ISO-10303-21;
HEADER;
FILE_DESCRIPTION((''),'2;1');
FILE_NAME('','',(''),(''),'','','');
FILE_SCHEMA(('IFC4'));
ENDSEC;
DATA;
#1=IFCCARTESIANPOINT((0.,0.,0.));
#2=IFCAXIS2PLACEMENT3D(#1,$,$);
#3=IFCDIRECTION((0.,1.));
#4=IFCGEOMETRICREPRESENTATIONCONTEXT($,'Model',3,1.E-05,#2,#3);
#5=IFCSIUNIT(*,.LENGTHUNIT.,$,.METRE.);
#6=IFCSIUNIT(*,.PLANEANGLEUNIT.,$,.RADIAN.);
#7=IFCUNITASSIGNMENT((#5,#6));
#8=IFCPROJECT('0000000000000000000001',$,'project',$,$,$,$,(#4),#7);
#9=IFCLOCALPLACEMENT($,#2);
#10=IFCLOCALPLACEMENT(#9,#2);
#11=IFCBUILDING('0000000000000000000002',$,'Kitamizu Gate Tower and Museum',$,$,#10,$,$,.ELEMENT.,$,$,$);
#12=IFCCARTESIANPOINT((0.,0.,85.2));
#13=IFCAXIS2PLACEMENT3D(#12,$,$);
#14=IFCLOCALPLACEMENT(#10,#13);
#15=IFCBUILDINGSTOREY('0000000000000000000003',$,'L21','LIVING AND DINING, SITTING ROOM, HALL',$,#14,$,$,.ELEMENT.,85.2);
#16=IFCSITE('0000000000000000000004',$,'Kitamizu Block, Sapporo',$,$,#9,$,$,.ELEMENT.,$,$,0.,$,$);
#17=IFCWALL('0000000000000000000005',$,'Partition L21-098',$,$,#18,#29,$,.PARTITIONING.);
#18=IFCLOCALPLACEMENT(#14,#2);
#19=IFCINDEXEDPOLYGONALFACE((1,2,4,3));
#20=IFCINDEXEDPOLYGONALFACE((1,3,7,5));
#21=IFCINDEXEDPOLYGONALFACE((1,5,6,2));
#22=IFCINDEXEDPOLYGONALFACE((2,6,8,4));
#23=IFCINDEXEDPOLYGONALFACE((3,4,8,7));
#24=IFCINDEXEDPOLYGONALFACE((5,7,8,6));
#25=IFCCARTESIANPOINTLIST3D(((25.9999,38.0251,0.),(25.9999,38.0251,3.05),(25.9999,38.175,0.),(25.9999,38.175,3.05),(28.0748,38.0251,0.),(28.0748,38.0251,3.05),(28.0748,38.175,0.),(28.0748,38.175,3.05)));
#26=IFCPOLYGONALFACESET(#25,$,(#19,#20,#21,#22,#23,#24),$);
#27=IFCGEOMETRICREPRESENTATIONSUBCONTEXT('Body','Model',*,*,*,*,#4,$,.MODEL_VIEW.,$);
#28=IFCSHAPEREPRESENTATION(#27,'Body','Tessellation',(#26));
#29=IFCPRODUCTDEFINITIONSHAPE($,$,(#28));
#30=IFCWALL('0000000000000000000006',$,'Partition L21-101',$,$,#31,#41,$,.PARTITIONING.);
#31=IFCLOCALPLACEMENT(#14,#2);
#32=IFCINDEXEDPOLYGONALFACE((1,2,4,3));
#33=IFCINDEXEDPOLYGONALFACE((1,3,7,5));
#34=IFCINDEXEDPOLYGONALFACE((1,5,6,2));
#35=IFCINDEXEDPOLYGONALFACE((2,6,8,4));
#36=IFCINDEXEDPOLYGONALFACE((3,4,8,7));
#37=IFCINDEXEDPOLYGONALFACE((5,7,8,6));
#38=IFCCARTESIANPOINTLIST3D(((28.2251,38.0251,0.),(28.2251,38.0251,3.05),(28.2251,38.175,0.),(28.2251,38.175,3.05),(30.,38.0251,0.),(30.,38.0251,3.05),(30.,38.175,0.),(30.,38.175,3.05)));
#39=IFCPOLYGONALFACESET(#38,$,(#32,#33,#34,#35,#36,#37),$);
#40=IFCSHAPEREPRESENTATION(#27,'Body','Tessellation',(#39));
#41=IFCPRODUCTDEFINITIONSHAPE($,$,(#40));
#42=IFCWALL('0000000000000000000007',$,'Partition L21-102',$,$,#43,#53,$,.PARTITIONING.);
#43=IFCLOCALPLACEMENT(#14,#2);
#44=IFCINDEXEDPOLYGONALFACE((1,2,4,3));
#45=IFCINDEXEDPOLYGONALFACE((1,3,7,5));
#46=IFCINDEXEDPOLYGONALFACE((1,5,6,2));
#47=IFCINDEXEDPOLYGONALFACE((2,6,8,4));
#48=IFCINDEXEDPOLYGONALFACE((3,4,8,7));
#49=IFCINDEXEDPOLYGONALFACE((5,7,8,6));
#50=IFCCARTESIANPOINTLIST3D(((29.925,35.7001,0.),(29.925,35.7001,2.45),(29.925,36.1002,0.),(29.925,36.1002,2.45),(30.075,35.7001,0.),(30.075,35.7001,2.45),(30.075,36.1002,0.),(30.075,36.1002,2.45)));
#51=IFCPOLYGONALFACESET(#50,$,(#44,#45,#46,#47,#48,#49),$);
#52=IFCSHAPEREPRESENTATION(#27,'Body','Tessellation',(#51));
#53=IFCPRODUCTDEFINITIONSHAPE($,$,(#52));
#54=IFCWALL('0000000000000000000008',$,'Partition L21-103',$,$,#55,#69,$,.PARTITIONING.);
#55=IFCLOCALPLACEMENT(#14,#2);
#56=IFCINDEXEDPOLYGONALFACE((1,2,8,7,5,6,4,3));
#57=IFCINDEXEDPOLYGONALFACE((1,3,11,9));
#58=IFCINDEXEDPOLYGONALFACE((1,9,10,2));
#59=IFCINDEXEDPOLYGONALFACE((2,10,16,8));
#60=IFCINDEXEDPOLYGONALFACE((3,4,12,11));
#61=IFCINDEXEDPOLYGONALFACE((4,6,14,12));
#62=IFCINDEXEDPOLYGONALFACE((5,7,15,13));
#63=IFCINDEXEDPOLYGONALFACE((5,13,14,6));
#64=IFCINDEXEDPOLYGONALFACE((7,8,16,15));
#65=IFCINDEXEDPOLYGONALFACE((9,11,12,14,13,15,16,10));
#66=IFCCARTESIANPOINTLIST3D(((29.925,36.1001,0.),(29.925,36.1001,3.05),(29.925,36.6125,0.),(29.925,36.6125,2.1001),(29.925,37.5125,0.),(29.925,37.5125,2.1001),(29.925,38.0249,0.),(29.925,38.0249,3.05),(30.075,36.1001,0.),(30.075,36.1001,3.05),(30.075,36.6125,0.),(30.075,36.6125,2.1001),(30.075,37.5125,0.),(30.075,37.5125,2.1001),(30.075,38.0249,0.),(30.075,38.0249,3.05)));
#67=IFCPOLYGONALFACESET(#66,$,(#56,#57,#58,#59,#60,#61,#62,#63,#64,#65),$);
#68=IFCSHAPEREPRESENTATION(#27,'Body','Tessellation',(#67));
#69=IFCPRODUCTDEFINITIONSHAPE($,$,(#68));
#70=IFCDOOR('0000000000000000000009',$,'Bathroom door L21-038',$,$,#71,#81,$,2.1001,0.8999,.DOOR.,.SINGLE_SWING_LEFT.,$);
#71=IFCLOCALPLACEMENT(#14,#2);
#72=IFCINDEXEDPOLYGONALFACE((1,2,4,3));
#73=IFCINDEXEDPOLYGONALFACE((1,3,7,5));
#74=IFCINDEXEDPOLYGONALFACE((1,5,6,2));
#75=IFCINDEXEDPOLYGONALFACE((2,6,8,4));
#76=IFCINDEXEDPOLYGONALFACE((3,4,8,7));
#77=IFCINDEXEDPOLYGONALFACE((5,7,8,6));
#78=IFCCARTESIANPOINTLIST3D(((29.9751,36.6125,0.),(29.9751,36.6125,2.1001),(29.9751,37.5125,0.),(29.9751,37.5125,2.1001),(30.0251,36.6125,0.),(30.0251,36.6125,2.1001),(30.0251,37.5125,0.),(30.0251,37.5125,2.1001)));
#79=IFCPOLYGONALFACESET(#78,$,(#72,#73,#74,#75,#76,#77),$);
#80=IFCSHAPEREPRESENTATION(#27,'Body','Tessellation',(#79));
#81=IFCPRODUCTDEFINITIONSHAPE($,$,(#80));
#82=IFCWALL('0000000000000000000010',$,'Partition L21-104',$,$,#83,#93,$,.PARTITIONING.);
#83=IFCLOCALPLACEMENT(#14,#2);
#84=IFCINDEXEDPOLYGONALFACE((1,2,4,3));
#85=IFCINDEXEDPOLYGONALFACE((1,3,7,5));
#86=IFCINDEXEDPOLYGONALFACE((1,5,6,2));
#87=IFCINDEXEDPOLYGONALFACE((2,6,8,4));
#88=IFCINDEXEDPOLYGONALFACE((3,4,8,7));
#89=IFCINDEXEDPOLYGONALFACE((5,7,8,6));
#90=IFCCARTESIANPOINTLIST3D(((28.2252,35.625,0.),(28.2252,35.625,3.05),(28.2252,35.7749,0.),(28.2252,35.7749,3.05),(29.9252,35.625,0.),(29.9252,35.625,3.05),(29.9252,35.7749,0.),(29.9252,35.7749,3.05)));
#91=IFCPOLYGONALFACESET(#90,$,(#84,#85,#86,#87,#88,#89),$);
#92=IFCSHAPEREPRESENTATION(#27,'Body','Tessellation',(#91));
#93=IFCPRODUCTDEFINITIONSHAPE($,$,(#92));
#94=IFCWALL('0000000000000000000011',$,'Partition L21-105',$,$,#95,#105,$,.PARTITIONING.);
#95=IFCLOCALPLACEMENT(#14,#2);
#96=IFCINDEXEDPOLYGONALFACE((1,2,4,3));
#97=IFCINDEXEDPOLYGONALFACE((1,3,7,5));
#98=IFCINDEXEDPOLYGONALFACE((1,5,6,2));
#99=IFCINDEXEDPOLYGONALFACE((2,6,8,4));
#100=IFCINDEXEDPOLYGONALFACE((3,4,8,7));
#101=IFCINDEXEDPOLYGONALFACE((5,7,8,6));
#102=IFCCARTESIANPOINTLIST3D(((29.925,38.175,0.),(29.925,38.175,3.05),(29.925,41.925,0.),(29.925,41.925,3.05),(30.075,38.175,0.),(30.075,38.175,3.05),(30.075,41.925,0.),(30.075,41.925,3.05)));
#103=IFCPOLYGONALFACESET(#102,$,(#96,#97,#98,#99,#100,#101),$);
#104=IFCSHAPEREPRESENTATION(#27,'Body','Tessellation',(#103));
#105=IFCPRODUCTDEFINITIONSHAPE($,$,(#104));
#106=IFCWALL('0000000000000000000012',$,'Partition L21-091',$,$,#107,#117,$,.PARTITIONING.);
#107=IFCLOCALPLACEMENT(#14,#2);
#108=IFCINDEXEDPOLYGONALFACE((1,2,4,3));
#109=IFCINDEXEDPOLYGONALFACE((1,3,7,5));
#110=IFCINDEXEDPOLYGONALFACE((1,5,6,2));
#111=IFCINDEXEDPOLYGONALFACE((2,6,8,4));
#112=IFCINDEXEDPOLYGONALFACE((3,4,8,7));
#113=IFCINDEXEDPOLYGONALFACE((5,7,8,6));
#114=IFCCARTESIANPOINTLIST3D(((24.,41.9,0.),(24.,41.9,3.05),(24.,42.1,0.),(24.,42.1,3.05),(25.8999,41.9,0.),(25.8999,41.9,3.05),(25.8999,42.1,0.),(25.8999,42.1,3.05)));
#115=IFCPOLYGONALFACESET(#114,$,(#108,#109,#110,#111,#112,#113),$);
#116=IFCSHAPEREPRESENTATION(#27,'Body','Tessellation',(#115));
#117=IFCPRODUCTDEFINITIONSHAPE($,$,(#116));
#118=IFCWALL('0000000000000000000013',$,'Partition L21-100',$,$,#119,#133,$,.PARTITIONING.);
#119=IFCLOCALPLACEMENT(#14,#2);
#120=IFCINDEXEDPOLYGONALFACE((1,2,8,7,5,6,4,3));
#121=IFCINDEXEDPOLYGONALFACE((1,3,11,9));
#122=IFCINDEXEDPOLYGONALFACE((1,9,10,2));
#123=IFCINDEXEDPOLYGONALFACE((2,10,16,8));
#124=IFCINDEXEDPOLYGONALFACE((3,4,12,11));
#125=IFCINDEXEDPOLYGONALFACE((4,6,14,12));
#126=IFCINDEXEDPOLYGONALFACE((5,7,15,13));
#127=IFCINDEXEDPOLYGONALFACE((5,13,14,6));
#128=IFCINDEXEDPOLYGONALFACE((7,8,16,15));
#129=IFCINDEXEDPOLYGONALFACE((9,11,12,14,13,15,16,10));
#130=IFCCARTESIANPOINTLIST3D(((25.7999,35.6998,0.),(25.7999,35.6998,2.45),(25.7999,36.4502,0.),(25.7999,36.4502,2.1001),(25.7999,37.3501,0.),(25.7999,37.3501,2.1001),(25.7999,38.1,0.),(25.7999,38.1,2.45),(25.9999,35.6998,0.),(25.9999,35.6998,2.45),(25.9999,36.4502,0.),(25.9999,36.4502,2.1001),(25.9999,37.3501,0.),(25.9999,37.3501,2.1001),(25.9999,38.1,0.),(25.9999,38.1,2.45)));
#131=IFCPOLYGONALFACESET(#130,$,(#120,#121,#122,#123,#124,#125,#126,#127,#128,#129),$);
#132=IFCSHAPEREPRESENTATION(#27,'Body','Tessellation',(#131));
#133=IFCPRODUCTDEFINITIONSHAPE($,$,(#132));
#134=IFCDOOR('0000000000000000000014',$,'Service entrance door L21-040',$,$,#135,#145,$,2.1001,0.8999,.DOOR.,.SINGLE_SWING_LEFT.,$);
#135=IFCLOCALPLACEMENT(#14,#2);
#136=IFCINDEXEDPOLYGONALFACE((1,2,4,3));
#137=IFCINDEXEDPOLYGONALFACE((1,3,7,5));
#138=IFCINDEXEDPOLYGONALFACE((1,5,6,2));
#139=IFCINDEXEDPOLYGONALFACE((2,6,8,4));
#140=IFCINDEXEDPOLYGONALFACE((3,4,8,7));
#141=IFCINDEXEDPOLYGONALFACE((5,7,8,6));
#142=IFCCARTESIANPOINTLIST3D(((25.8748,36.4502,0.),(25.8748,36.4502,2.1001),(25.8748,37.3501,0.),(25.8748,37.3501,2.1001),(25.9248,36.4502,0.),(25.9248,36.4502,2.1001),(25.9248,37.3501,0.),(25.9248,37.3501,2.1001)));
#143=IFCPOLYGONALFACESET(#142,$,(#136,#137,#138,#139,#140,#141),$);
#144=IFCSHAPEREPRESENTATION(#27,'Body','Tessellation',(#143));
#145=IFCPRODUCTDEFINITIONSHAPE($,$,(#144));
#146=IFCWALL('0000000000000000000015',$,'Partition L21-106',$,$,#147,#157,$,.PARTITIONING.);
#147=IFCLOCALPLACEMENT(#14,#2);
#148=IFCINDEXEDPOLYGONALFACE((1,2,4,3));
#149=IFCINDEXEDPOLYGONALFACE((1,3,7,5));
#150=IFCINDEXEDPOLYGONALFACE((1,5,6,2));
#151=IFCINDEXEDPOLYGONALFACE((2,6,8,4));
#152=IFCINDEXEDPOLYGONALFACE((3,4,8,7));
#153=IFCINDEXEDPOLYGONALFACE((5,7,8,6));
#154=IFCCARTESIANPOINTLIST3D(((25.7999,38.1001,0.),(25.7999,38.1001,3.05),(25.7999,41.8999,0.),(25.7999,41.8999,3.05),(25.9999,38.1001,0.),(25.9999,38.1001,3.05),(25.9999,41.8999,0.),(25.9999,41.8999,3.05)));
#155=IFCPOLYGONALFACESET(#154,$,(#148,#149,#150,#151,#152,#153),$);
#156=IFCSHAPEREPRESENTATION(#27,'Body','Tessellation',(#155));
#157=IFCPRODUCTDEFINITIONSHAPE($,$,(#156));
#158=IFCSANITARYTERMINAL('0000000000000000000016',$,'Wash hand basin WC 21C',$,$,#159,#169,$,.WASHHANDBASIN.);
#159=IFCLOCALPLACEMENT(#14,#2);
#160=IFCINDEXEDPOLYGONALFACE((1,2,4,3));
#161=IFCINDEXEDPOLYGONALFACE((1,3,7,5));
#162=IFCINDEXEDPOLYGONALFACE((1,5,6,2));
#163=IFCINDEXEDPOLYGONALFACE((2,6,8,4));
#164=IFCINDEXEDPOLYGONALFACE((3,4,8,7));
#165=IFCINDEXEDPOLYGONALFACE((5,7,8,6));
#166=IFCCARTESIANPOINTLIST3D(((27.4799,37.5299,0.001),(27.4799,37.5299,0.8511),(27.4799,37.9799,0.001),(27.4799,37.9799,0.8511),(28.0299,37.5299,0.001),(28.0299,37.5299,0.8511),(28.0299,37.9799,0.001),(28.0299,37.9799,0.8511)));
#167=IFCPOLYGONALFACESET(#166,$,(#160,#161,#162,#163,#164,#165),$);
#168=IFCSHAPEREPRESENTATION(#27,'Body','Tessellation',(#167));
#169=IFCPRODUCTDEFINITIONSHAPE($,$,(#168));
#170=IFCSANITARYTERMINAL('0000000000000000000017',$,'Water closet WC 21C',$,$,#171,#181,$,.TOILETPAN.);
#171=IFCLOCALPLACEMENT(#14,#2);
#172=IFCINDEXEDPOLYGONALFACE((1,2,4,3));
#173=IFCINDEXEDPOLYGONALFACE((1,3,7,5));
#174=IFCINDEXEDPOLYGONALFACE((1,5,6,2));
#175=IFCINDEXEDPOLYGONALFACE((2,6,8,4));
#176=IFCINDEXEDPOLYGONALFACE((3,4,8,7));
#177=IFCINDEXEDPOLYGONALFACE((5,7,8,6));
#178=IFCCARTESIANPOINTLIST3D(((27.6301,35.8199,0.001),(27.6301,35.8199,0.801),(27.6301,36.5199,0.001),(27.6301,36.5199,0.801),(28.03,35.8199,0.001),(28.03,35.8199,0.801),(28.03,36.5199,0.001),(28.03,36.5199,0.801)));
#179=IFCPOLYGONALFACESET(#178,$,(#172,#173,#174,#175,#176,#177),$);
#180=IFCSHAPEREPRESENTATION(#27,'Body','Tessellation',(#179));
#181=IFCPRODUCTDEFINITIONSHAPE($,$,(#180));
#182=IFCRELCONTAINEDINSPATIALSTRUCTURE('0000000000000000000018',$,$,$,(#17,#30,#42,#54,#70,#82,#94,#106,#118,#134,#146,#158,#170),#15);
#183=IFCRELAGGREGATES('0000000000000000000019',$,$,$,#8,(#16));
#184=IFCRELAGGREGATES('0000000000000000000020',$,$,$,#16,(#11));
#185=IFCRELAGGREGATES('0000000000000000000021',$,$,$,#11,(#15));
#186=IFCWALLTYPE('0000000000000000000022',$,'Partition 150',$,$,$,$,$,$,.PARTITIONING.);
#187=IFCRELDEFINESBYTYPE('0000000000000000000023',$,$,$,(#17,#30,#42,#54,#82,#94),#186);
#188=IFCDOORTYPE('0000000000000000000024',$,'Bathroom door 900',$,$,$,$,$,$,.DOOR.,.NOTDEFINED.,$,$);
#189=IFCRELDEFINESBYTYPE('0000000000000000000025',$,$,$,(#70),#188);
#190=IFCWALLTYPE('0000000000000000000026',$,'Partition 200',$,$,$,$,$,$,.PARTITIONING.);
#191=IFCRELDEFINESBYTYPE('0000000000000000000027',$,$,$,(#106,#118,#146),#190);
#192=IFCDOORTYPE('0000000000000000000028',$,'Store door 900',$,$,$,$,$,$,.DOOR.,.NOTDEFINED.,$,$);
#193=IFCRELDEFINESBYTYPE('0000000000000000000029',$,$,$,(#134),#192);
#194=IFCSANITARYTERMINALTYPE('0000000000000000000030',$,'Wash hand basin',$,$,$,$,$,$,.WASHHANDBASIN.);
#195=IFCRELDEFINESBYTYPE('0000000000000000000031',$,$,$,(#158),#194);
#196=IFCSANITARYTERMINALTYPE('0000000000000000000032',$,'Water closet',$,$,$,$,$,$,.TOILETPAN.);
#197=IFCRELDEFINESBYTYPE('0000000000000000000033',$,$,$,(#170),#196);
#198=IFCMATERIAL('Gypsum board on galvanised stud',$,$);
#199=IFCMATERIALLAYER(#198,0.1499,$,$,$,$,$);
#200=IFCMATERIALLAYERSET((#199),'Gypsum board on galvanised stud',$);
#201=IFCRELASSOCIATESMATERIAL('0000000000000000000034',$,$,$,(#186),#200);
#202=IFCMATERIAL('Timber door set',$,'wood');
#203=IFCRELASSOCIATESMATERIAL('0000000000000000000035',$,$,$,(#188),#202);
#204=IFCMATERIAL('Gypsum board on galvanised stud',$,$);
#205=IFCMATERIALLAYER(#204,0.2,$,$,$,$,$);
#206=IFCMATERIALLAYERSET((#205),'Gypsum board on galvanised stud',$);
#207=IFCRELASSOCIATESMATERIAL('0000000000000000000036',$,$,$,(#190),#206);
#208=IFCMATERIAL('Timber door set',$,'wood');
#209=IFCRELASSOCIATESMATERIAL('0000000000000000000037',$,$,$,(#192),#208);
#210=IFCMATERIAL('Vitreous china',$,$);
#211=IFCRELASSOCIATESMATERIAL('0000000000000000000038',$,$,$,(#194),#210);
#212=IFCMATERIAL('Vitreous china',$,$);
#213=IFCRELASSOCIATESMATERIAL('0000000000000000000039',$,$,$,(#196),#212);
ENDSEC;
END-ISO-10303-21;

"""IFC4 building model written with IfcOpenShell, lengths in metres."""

from ifc_helpers import new_model, si_unit, direction, frame, frame_2d, origin, origin_2d, place, context, subcontext, project, spatial, rectangle, extrude, material, layer, layer_set, type_object, element, fill, save


model = new_model("IFC4")

# Units and contexts
model_context = context("Model", 3, precision=1e-05, world=origin(), true_north=direction((0.0, 1.0)))
body_context = subcontext(model_context, "Body", "Model", "MODEL_VIEW")
ifc_project = project(units=[si_unit("LENGTHUNIT", "METRE"), si_unit("PLANEANGLEUNIT", "RADIAN")], contexts=[model_context])

# Site, building, storey
site_placement = place(None, origin())
site = spatial("IfcSite", under=ifc_project, at=site_placement, Name="Kitamizu Block, Sapporo", CompositionType="ELEMENT", RefElevation=0.0)
building_placement = place(site_placement, origin())
building = spatial("IfcBuilding", under=site, at=building_placement, Name="Kitamizu Gate Tower and Museum", CompositionType="ELEMENT")
storey_placement = place(building_placement, frame((0.0, 0.0, 85.2)))
storey = spatial("IfcBuildingStorey", under=building, at=storey_placement, Name="L21", Description="LIVING AND DINING, SITTING ROOM, HALL", CompositionType="ELEMENT", Elevation=85.2)

# Shared definitions
ifc_material_1 = material(Name="Gypsum board on galvanised stud")
ifc_layer_1 = layer(ifc_material_1, 0.1499)
ifc_layer_set_1 = layer_set([ifc_layer_1], Name="Gypsum board on galvanised stud")
wall_type_1 = type_object("IfcWallType", Name="Partition 150", PredefinedType="PARTITIONING", material=ifc_layer_set_1)
ifc_material_2 = material(Name="Timber door set", Category="wood")
door_type_1 = type_object("IfcDoorType", Name="Bathroom door 900", OperationType="NOTDEFINED", PredefinedType="DOOR", material=ifc_material_2)

# Walls
wall_1_placement = place(storey_placement, frame((28.075, 38.1001, 0.0), z_axis=(0.0, 0.0, 1.0), x_axis=(-1.0, 0.0, 0.0)))
element("IfcWall", 1, at=wall_1_placement, inside=storey, type_object=wall_type_1, Name="Partition L21-098", PredefinedType="PARTITIONING", context=body_context, shape_type="SweptSolid", body=[
    extrude(rectangle(XDim=2.075, YDim=0.1499, at=frame_2d((1.0376, 0.0))), origin(), (0.0, 0.0, 1.0), 3.05),
])
wall_2_placement = place(storey_placement, frame((30.0, 38.1001, 0.0), z_axis=(0.0, 0.0, 1.0), x_axis=(-1.0, 0.0, 0.0)))
element("IfcWall", 2, at=wall_2_placement, inside=storey, type_object=wall_type_1, Name="Partition L21-101", PredefinedType="PARTITIONING", context=body_context, shape_type="SweptSolid", body=[
    extrude(rectangle(XDim=1.7749, YDim=0.1499, at=frame_2d((0.8875, 0.0))), origin(), (0.0, 0.0, 1.0), 3.05),
])
wall_3_placement = place(storey_placement, frame((30.0, 35.7, 0.0), z_axis=(0.0, 0.0, 1.0), x_axis=(0.0, 1.0, 0.0)))
element("IfcWall", 3, at=wall_3_placement, inside=storey, type_object=wall_type_1, Name="Partition L21-102", PredefinedType="PARTITIONING", context=body_context, shape_type="SweptSolid", body=[
    extrude(rectangle(XDim=0.4001, YDim=0.1499, at=frame_2d((0.2002, 0.0))), origin(), (0.0, 0.0, 1.0), 2.45),
])

# Wall, opening, door
wall_4_placement = place(storey_placement, frame((30.0, 36.1001, 0.0), z_axis=(0.0, 0.0, 1.0), x_axis=(0.0, 1.0, 0.0)))
wall_4 = element("IfcWall", 4, at=wall_4_placement, inside=storey, type_object=wall_type_1, Name="Partition L21-103", PredefinedType="PARTITIONING", context=body_context, shape_type="SweptSolid", body=[
    extrude(rectangle(XDim=1.9248, YDim=0.1499, at=frame_2d((0.9624, 0.0))), origin(), (0.0, 0.0, 1.0), 3.05),
])
opening_1_placement = place(wall_4_placement, frame((0.5125, 0.0, 0.0)))
opening_1 = element("IfcOpeningElement", 5, at=opening_1_placement, cuts=wall_4, PredefinedType="OPENING", context=body_context, shape_type="SweptSolid", body=[
    extrude(rectangle(XDim=0.8999, YDim=2.1001, at=frame_2d((0.45, 1.05))), frame((0.0, 0.085, 0.0), z_axis=(0.0, -1.0, 0.0), x_axis=(1.0, 0.0, 0.0)), (0.0, 0.0, 1.0), 0.1699),
])
door_1_placement = place(opening_1_placement, origin())
door_1 = element("IfcDoor", 6, at=door_1_placement, inside=storey, type_object=door_type_1, Name="Bathroom door L21-038", OperationType="SINGLE_SWING_LEFT", OverallHeight=2.1001, OverallWidth=0.8999, PredefinedType="DOOR", context=body_context, shape_type="SweptSolid", body=[
    extrude(rectangle(XDim=0.8999, YDim=2.1001, at=frame_2d((0.45, 1.05))), frame((0.0, 0.0249, 0.0), z_axis=(0.0, -1.0, 0.0), x_axis=(1.0, 0.0, 0.0)), (0.0, 0.0, 1.0), 0.05),
])
fill(opening_1, door_1)

# Walls
wall_5_placement = place(storey_placement, frame((28.2251, 35.7, 0.0), z_axis=(0.0, 0.0, 1.0), x_axis=(1.0, 0.0, 0.0)))
element("IfcWall", 7, at=wall_5_placement, inside=storey, type_object=wall_type_1, Name="Partition L21-104", PredefinedType="PARTITIONING", context=body_context, shape_type="SweptSolid", body=[
    extrude(rectangle(XDim=1.7, YDim=0.1499, at=frame_2d((0.8501, 0.0))), origin(), (0.0, 0.0, 1.0), 3.05),
])
wall_6_placement = place(storey_placement, frame((30.0, 38.175, 0.0), z_axis=(0.0, 0.0, 1.0), x_axis=(0.0, 1.0, 0.0)))
element("IfcWall", 8, at=wall_6_placement, inside=storey, type_object=wall_type_1, Name="Partition L21-105", PredefinedType="PARTITIONING", context=body_context, shape_type="SweptSolid", body=[
    extrude(rectangle(XDim=3.75, YDim=0.1499, at=frame_2d((1.875, 0.0))), origin(), (0.0, 0.0, 1.0), 3.05),
])
ifc_material_3 = material(Name="Gypsum board on galvanised stud")
ifc_layer_2 = layer(ifc_material_3, 0.2)
ifc_layer_set_2 = layer_set([ifc_layer_2], Name="Gypsum board on galvanised stud")
wall_type_2 = type_object("IfcWallType", Name="Partition 200", PredefinedType="PARTITIONING", material=ifc_layer_set_2)
wall_7_placement = place(storey_placement, frame((24.0, 42.0, 0.0), z_axis=(0.0, 0.0, 1.0), x_axis=(1.0, 0.0, 0.0)))
element("IfcWall", 9, at=wall_7_placement, inside=storey, type_object=wall_type_2, Name="Partition L21-091", PredefinedType="PARTITIONING", context=body_context, shape_type="SweptSolid", body=[
    extrude(rectangle(XDim=1.8999, YDim=0.2, at=frame_2d((0.95, 0.0))), origin(), (0.0, 0.0, 1.0), 3.05),
])

# Wall, opening, door
wall_8_placement = place(storey_placement, frame((25.8999, 38.1001, 0.0), z_axis=(0.0, 0.0, 1.0), x_axis=(0.0, -1.0, 0.0)))
wall_8 = element("IfcWall", 10, at=wall_8_placement, inside=storey, type_object=wall_type_2, Name="Partition L21-100", PredefinedType="PARTITIONING", context=body_context, shape_type="SweptSolid", body=[
    extrude(rectangle(XDim=2.4001, YDim=0.2, at=frame_2d((1.2002, 0.0))), origin(), (0.0, 0.0, 1.0), 2.45),
])
opening_2_placement = place(wall_8_placement, frame((0.75, 0.0, 0.0)))
opening_2 = element("IfcOpeningElement", 11, at=opening_2_placement, cuts=wall_8, PredefinedType="OPENING", context=body_context, shape_type="SweptSolid", body=[
    extrude(rectangle(XDim=0.8999, YDim=2.1001, at=frame_2d((0.45, 1.05))), frame((0.0, 0.1099, 0.0), z_axis=(0.0, -1.0, 0.0), x_axis=(1.0, 0.0, 0.0)), (0.0, 0.0, 1.0), 0.22),
])
ifc_material_4 = material(Name="Timber door set", Category="wood")
door_type_2 = type_object("IfcDoorType", Name="Store door 900", OperationType="NOTDEFINED", PredefinedType="DOOR", material=ifc_material_4)
door_2_placement = place(opening_2_placement, origin())
door_2 = element("IfcDoor", 12, at=door_2_placement, inside=storey, type_object=door_type_2, Name="Service entrance door L21-040", OperationType="SINGLE_SWING_LEFT", OverallHeight=2.1001, OverallWidth=0.8999, PredefinedType="DOOR", context=body_context, shape_type="SweptSolid", body=[
    extrude(rectangle(XDim=0.8999, YDim=2.1001, at=frame_2d((0.45, 1.05))), frame((0.0, 0.0249, 0.0), z_axis=(0.0, -1.0, 0.0), x_axis=(1.0, 0.0, 0.0)), (0.0, 0.0, 1.0), 0.05),
])
fill(opening_2, door_2)

# Wall
wall_9_placement = place(storey_placement, frame((25.8999, 41.8999, 0.0), z_axis=(0.0, 0.0, 1.0), x_axis=(0.0, -1.0, 0.0)))
element("IfcWall", 13, at=wall_9_placement, inside=storey, type_object=wall_type_2, Name="Partition L21-106", PredefinedType="PARTITIONING", context=body_context, shape_type="SweptSolid", body=[
    extrude(rectangle(XDim=3.7998, YDim=0.2, at=frame_2d((1.8999, 0.0))), origin(), (0.0, 0.0, 1.0), 3.05),
])

# Sanitary terminals
ifc_material_5 = material(Name="Vitreous china")
sanitary_terminal_type_1 = type_object("IfcSanitaryTerminalType", Name="Wash hand basin", PredefinedType="WASHHANDBASIN", material=ifc_material_5)
sanitary_terminal_1_placement = place(storey_placement, frame((27.7549, 37.7549, 0.001), z_axis=(0.0, 0.0, 1.0), x_axis=(1.0, 0.0, 0.0)))
element("IfcSanitaryTerminal", 14, at=sanitary_terminal_1_placement, inside=storey, type_object=sanitary_terminal_type_1, Name="Wash hand basin WC 21C", PredefinedType="WASHHANDBASIN", context=body_context, shape_type="SweptSolid", body=[
    extrude(rectangle(XDim=0.55, YDim=0.45, at=origin_2d()), origin(), (0.0, 0.0, 1.0), 0.8501),
])
ifc_material_6 = material(Name="Vitreous china")
sanitary_terminal_type_2 = type_object("IfcSanitaryTerminalType", Name="Water closet", PredefinedType="TOILETPAN", material=ifc_material_6)
sanitary_terminal_2_placement = place(storey_placement, frame((27.8301, 36.1699, 0.001), z_axis=(0.0, 0.0, 1.0), x_axis=(1.0, 0.0, 0.0)))
element("IfcSanitaryTerminal", 15, at=sanitary_terminal_2_placement, inside=storey, type_object=sanitary_terminal_type_2, Name="Water closet WC 21C", PredefinedType="TOILETPAN", context=body_context, shape_type="SweptSolid", body=[
    extrude(rectangle(XDim=0.3999, YDim=0.7, at=origin_2d()), origin(), (0.0, 0.0, 1.0), 0.8),
])

save(model, "model.ifc")
